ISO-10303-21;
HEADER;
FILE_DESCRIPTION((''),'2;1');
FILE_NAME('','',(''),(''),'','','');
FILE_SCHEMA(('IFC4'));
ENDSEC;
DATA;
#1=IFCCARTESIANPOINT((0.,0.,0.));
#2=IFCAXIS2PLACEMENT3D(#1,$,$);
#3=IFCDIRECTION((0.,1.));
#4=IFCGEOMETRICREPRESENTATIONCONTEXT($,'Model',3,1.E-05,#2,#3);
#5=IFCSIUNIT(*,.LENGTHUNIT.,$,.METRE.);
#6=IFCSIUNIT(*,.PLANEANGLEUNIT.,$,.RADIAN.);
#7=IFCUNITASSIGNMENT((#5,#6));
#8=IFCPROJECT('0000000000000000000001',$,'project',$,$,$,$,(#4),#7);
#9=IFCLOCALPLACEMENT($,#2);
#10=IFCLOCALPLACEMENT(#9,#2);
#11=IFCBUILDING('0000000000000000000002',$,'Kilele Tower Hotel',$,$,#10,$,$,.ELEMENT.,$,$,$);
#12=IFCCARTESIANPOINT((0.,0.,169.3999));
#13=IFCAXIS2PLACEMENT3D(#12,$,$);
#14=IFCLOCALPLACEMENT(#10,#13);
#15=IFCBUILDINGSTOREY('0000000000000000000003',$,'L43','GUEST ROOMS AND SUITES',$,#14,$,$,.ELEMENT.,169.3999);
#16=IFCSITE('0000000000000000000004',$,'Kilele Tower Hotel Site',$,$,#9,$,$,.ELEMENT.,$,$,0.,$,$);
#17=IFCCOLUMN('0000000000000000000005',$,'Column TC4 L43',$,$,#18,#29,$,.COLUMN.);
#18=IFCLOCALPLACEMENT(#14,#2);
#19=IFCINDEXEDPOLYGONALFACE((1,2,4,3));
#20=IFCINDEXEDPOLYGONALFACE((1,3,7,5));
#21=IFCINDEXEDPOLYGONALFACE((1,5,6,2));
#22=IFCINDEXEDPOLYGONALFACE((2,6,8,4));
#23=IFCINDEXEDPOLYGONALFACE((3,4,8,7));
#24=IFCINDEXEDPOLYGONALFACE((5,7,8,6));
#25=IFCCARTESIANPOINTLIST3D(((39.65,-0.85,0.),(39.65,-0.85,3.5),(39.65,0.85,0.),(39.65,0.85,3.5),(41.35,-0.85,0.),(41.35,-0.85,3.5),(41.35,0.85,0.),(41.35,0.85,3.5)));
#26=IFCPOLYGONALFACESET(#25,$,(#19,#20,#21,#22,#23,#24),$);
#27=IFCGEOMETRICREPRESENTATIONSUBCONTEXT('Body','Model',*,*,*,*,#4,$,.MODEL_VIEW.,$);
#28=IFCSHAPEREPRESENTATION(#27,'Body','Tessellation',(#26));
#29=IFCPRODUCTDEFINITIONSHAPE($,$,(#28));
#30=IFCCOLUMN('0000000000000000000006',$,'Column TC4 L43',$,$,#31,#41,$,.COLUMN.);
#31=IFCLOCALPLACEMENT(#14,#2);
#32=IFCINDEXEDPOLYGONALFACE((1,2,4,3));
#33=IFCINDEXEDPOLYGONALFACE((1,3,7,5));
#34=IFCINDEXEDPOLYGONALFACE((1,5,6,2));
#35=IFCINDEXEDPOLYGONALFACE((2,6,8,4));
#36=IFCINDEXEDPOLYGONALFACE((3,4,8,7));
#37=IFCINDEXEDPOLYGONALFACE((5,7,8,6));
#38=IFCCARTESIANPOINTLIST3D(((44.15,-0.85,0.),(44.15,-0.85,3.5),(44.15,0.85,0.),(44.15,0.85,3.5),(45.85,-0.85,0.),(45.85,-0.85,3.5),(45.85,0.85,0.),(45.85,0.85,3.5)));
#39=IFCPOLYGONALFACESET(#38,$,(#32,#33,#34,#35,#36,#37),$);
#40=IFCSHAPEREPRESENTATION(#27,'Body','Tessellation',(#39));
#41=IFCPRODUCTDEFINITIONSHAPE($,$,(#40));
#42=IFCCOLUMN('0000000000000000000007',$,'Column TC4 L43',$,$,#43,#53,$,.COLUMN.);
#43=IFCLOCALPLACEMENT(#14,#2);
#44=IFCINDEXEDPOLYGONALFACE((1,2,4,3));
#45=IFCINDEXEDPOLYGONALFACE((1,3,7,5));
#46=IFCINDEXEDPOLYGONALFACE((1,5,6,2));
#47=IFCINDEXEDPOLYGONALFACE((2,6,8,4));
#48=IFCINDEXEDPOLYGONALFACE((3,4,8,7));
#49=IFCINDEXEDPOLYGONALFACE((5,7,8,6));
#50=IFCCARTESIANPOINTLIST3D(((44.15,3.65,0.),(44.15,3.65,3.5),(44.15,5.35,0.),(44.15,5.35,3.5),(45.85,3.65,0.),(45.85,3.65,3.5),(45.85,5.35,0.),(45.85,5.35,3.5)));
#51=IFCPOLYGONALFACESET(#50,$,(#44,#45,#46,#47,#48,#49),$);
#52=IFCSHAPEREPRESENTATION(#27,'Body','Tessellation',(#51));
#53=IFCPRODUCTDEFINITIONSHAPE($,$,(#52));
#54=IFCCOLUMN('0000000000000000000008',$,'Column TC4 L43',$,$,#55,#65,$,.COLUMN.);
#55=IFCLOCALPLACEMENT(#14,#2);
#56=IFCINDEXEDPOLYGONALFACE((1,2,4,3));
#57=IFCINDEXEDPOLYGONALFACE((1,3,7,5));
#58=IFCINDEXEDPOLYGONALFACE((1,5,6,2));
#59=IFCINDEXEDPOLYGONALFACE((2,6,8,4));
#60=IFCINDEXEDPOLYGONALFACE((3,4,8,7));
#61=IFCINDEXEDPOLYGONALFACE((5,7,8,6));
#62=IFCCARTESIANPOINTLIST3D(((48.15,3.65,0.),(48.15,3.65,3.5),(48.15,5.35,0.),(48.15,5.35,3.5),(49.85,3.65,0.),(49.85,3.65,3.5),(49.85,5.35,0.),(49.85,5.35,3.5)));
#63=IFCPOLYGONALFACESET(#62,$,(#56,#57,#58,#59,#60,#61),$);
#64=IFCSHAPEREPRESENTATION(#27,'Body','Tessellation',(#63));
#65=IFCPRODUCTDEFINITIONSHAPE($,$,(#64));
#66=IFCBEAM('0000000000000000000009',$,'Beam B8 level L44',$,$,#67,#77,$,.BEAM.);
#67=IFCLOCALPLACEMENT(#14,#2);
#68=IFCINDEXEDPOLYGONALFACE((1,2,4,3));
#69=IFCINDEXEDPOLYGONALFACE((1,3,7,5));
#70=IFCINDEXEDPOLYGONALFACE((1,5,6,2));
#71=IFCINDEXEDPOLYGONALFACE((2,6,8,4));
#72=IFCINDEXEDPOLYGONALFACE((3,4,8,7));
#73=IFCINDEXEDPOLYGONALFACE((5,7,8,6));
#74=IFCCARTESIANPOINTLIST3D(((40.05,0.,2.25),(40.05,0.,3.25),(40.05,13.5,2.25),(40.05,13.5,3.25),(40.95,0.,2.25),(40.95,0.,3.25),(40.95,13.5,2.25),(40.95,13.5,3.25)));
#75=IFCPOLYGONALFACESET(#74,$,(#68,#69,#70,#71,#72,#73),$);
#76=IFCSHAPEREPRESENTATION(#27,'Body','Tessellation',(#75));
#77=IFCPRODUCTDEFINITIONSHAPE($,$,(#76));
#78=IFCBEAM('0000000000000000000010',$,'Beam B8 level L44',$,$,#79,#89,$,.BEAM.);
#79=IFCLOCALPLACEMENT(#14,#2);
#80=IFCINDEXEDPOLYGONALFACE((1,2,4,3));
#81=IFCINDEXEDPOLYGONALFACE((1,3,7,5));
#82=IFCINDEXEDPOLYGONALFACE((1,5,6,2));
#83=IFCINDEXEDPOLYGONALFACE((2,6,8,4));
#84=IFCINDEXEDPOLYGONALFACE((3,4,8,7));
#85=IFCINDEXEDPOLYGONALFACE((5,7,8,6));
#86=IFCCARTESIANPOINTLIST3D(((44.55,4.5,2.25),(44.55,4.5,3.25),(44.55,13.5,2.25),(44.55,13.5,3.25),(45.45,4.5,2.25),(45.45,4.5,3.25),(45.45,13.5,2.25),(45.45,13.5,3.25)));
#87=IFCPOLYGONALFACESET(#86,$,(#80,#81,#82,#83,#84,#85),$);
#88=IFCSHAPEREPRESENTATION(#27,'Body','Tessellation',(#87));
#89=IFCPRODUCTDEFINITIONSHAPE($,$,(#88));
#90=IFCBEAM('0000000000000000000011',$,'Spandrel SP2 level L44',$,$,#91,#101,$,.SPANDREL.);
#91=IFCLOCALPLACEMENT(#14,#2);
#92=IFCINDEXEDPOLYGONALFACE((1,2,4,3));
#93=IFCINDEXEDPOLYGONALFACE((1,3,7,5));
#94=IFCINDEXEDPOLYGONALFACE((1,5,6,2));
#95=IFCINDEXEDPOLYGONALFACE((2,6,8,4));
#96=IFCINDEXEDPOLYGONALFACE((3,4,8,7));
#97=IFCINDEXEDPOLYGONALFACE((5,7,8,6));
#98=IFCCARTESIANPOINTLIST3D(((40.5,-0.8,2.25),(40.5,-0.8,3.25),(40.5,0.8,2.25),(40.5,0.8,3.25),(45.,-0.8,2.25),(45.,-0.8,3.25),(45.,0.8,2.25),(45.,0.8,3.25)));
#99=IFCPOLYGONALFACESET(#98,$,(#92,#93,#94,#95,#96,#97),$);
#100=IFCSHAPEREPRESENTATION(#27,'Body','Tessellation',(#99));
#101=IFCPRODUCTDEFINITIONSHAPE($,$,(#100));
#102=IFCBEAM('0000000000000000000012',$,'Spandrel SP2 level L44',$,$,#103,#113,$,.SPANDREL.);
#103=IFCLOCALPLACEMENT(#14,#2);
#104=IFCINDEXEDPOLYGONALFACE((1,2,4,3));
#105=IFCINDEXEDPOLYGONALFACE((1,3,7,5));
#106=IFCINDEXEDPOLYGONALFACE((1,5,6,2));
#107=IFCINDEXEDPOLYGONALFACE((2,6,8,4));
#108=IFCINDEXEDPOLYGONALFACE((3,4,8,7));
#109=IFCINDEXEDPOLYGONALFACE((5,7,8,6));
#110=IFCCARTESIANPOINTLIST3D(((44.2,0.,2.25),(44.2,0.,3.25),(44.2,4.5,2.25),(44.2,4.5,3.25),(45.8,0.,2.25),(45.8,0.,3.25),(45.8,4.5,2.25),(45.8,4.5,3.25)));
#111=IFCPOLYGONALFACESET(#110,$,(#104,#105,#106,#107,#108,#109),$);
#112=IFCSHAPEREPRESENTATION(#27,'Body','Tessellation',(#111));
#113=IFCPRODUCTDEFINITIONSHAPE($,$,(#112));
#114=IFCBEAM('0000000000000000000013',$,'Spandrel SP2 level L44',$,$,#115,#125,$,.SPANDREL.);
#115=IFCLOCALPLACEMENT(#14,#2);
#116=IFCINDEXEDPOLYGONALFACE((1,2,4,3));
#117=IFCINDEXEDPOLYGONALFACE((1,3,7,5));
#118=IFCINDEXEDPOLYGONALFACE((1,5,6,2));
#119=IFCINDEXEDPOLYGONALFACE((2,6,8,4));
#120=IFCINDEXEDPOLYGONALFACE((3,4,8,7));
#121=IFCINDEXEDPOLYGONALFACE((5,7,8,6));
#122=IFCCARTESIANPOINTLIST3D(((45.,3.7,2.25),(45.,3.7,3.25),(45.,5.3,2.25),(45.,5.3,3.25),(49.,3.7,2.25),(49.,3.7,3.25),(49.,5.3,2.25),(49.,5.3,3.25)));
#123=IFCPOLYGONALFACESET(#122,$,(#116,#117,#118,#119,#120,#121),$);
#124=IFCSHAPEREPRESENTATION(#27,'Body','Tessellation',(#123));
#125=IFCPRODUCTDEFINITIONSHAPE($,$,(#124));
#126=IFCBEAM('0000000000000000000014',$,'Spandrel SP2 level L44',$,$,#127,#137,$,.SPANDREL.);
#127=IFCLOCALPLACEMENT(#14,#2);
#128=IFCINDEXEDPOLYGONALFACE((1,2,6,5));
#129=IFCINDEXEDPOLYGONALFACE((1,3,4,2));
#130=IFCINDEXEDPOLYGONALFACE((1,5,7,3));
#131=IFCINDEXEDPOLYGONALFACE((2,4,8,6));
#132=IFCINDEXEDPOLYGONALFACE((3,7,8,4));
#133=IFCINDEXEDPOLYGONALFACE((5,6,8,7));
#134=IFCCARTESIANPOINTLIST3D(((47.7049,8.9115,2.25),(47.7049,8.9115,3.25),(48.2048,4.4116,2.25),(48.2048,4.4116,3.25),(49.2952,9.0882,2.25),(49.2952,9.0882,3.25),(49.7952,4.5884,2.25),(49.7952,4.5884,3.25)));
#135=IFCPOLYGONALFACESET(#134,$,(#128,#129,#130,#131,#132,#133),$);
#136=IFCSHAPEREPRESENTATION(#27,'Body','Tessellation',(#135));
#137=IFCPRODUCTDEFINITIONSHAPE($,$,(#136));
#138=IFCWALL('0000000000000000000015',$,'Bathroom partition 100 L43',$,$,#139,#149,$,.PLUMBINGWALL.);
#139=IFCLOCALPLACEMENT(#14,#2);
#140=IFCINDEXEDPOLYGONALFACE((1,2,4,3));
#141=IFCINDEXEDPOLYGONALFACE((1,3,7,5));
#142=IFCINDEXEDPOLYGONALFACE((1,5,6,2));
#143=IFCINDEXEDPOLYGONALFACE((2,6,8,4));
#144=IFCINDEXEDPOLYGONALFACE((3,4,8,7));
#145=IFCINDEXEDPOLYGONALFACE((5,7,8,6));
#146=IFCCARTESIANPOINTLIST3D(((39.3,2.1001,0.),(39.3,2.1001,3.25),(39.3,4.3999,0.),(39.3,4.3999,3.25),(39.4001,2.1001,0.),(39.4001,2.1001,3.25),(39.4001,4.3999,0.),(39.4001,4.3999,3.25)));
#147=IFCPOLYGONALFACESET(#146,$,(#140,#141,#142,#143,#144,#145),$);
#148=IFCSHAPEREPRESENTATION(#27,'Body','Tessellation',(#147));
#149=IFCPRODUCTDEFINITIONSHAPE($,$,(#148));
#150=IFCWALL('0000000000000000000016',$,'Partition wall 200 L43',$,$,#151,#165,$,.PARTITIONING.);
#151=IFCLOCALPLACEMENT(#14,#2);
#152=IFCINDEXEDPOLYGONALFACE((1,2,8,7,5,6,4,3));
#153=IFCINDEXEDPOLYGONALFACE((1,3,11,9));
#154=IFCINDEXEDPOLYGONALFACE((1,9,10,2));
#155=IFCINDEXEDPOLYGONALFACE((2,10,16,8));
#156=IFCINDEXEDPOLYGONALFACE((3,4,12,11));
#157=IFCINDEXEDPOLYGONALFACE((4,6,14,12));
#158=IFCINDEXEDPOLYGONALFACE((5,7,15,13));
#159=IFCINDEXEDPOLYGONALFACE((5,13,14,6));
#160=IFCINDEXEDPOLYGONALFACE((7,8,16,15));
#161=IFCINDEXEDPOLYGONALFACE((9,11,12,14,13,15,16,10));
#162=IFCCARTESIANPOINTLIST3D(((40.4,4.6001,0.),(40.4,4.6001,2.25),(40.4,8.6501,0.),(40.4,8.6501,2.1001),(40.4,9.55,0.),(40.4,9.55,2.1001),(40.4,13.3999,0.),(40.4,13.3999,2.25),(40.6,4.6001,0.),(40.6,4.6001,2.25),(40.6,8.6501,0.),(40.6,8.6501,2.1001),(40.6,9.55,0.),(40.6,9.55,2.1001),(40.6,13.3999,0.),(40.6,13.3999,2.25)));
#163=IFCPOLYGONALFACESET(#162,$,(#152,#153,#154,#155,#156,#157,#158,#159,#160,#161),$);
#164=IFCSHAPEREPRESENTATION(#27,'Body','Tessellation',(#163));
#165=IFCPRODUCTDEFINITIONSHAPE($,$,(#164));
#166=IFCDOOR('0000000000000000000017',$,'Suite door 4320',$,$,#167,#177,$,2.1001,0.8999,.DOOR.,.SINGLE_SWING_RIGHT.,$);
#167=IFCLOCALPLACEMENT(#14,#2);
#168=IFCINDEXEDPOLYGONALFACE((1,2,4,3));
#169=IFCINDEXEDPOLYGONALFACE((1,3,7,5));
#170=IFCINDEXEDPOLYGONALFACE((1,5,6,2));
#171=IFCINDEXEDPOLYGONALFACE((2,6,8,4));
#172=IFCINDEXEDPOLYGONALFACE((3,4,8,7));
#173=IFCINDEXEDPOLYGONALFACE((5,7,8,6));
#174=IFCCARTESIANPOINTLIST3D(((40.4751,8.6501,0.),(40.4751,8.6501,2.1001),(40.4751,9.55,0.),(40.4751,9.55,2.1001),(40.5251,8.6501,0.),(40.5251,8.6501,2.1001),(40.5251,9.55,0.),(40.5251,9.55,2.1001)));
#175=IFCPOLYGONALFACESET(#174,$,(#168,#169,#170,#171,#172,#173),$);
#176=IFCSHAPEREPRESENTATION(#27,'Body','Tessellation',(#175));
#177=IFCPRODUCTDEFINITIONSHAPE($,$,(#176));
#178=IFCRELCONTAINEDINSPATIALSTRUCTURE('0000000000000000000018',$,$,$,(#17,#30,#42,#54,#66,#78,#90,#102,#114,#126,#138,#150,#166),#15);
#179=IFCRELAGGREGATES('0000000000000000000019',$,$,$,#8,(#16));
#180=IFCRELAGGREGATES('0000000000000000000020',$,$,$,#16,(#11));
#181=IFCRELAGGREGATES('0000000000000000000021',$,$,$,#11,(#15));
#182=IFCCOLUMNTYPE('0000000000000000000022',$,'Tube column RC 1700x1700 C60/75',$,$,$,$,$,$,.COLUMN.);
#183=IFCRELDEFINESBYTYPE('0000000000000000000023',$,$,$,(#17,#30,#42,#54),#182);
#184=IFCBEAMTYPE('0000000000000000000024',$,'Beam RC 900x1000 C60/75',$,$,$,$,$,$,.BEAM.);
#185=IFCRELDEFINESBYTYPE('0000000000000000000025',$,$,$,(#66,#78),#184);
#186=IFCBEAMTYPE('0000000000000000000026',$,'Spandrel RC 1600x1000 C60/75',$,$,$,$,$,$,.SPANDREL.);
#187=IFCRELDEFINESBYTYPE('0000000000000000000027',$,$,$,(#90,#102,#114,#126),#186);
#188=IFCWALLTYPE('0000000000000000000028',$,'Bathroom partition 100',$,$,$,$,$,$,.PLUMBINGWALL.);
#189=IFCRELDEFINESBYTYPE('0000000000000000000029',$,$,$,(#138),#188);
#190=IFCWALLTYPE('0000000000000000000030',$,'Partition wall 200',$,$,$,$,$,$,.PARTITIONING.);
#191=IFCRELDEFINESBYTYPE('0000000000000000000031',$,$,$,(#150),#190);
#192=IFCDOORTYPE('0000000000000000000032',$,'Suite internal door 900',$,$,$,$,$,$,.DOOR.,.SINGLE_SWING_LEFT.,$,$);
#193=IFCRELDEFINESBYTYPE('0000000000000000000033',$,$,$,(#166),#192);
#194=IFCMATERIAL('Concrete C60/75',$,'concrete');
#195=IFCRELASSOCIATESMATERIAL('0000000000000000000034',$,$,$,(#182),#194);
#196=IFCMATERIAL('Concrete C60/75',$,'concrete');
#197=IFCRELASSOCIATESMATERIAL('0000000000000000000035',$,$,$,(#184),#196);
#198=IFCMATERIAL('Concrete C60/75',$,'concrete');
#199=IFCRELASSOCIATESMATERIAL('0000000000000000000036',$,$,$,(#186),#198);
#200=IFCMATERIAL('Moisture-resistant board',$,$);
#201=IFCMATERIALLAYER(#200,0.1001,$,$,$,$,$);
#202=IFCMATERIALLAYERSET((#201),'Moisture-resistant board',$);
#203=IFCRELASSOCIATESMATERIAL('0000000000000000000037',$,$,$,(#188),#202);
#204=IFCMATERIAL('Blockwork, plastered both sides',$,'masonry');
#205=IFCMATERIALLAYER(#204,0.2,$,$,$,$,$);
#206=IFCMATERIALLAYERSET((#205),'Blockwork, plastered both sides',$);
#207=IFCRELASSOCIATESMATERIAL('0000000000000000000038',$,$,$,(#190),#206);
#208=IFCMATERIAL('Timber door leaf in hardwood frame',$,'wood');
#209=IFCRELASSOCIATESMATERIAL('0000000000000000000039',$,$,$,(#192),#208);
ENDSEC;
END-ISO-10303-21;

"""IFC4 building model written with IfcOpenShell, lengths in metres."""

from ifc_helpers import new_model, si_unit, direction, frame, frame_2d, origin, origin_2d, place, context, subcontext, project, spatial, rectangle, extrude, material, layer, layer_set, material_profile, profile_set, type_object, element, fill, save


model = new_model("IFC4")

# Units and contexts
model_context = context("Model", 3, precision=1e-05, world=origin(), true_north=direction((0.0, 1.0)))
body_context = subcontext(model_context, "Body", "Model", "MODEL_VIEW")
ifc_project = project(units=[si_unit("LENGTHUNIT", "METRE"), si_unit("PLANEANGLEUNIT", "RADIAN")], contexts=[model_context])

# Site, building, storey
site_placement = place(None, origin())
site = spatial("IfcSite", under=ifc_project, at=site_placement, Name="Kilele Tower Hotel Site", CompositionType="ELEMENT", RefElevation=0.0)
building_placement = place(site_placement, origin())
building = spatial("IfcBuilding", under=site, at=building_placement, Name="Kilele Tower Hotel", CompositionType="ELEMENT")
storey_placement = place(building_placement, frame((0.0, 0.0, 169.3999)))
storey = spatial("IfcBuildingStorey", under=building, at=storey_placement, Name="L43", Description="GUEST ROOMS AND SUITES", CompositionType="ELEMENT", Elevation=169.3999)

# Columns
ifc_material_1 = material(Name="Concrete C60/75", Category="concrete")
ifc_material_profile_1 = material_profile(ifc_material_1, rectangle(XDim=1.7, YDim=1.7, at=origin_2d()))
ifc_profile_set_1 = profile_set([ifc_material_profile_1], Name="Concrete C60/75")
column_type = type_object("IfcColumnType", Name="Tube column RC 1700x1700 C60/75", PredefinedType="COLUMN", material=ifc_profile_set_1)
for number, where, z_axis, x_axis, name in (
    (1, (40.5, 0.0, 0.0), (0.0, 0.0, 1.0), (1.0, 0.0, 0.0), "Column TC4 L43"),
    (2, (45.0, 0.0, 0.0), (0.0, 0.0, 1.0), (1.0, 0.0, 0.0), "Column TC4 L43"),
    (3, (45.0, 4.5, 0.0), (0.0, 0.0, 1.0), (1.0, 0.0, 0.0), "Column TC4 L43"),
    (4, (49.0, 4.5, 0.0), (0.0, 0.0, 1.0), (1.0, 0.0, 0.0), "Column TC4 L43"),
):
    element("IfcColumn", number, at=place(storey_placement, frame(where, z_axis=z_axis, x_axis=x_axis)), inside=storey, type_object=column_type, Name=name, PredefinedType="COLUMN", context=body_context, shape_type="SweptSolid", body=[
        extrude(rectangle(XDim=1.7, YDim=1.7, at=origin_2d()), origin(), (0.0, 0.0, 1.0), 3.5),
    ])

# Beams
ifc_material_2 = material(Name="Concrete C60/75", Category="concrete")
ifc_material_profile_2 = material_profile(ifc_material_2, rectangle(XDim=0.8999, YDim=1.0, at=origin_2d()))
ifc_profile_set_2 = profile_set([ifc_material_profile_2], Name="Concrete C60/75")
beam_type_1 = type_object("IfcBeamType", Name="Beam RC 900x1000 C60/75", PredefinedType="BEAM", material=ifc_profile_set_2)
beam_1_placement = place(storey_placement, frame((40.5, 0.0, 2.75), z_axis=(0.0, 1.0, 0.0), x_axis=(-1.0, 0.0, 0.0)))
element("IfcBeam", 5, at=beam_1_placement, inside=storey, type_object=beam_type_1, Name="Beam B8 level L44", PredefinedType="BEAM", context=body_context, shape_type="SweptSolid", body=[
    extrude(rectangle(XDim=0.8999, YDim=1.0, at=origin_2d()), origin(), (0.0, 0.0, 1.0), 13.5),
])
beam_2_placement = place(storey_placement, frame((45.0, 4.5, 2.75), z_axis=(0.0, 1.0, 0.0), x_axis=(-1.0, 0.0, 0.0)))
element("IfcBeam", 6, at=beam_2_placement, inside=storey, type_object=beam_type_1, Name="Beam B8 level L44", PredefinedType="BEAM", context=body_context, shape_type="SweptSolid", body=[
    extrude(rectangle(XDim=0.8999, YDim=1.0, at=origin_2d()), origin(), (0.0, 0.0, 1.0), 9.0),
])
ifc_material_3 = material(Name="Concrete C60/75", Category="concrete")
ifc_material_profile_3 = material_profile(ifc_material_3, rectangle(XDim=1.6001, YDim=1.0, at=origin_2d()))
ifc_profile_set_3 = profile_set([ifc_material_profile_3], Name="Concrete C60/75")
beam_type_2 = type_object("IfcBeamType", Name="Spandrel RC 1600x1000 C60/75", PredefinedType="SPANDREL", material=ifc_profile_set_3)
for number, where, z_axis, x_axis, name in (
    (7, (40.5, 0.0, 2.75), (1.0, 0.0, 0.0), (0.0, 1.0, 0.0), "Spandrel SP2 level L44"),
    (8, (45.0, 0.0, 2.75), (0.0, 1.0, 0.0), (-1.0, 0.0, 0.0), "Spandrel SP2 level L44"),
):
    element("IfcBeam", number, at=place(storey_placement, frame(where, z_axis=z_axis, x_axis=x_axis)), inside=storey, type_object=beam_type_2, Name=name, PredefinedType="SPANDREL", context=body_context, shape_type="SweptSolid", body=[
        extrude(rectangle(XDim=1.6001, YDim=1.0, at=origin_2d()), origin(), (0.0, 0.0, 1.0), 4.5),
    ])
beam_3_placement = place(storey_placement, frame((45.0, 4.5, 2.75), z_axis=(1.0, 0.0, 0.0), x_axis=(0.0, 1.0, 0.0)))
element("IfcBeam", 9, at=beam_3_placement, inside=storey, type_object=beam_type_2, Name="Spandrel SP2 level L44", PredefinedType="SPANDREL", context=body_context, shape_type="SweptSolid", body=[
    extrude(rectangle(XDim=1.6001, YDim=1.0, at=origin_2d()), origin(), (0.0, 0.0, 1.0), 4.0),
])
beam_4_placement = place(storey_placement, frame((49.0, 4.5, 2.75), z_axis=(-0.110432, 0.993884, 0.0), x_axis=(-0.993884, -0.110432, 0.0)))
element("IfcBeam", 10, at=beam_4_placement, inside=storey, type_object=beam_type_2, Name="Spandrel SP2 level L44", PredefinedType="SPANDREL", context=body_context, shape_type="SweptSolid", body=[
    extrude(rectangle(XDim=1.6001, YDim=1.0, at=origin_2d()), origin(), (0.0, 0.0, 1.0), 4.5276),
])

# Wall
ifc_material_4 = material(Name="Moisture-resistant board")
ifc_layer_1 = layer(ifc_material_4, 0.1001)
ifc_layer_set_1 = layer_set([ifc_layer_1], Name="Moisture-resistant board")
wall_type_1 = type_object("IfcWallType", Name="Bathroom partition 100", PredefinedType="PLUMBINGWALL", material=ifc_layer_set_1)
wall_1_placement = place(storey_placement, frame((39.3501, 4.3999, 0.0), z_axis=(0.0, 0.0, 1.0), x_axis=(0.0, -1.0, 0.0)))
element("IfcWall", 11, at=wall_1_placement, inside=storey, type_object=wall_type_1, Name="Bathroom partition 100 L43", PredefinedType="PLUMBINGWALL", context=body_context, shape_type="SweptSolid", body=[
    extrude(rectangle(XDim=2.2998, YDim=0.1001, at=frame_2d((1.1499, 0.0))), origin(), (0.0, 0.0, 1.0), 3.25),
])

# Wall, opening, door
ifc_material_5 = material(Name="Blockwork, plastered both sides", Category="masonry")
ifc_layer_2 = layer(ifc_material_5, 0.2)
ifc_layer_set_2 = layer_set([ifc_layer_2], Name="Blockwork, plastered both sides")
wall_type_2 = type_object("IfcWallType", Name="Partition wall 200", PredefinedType="PARTITIONING", material=ifc_layer_set_2)
wall_2_placement = place(storey_placement, frame((40.5, 4.6001, 0.0), z_axis=(0.0, 0.0, 1.0), x_axis=(0.0, 1.0, 0.0)))
wall_2 = element("IfcWall", 12, at=wall_2_placement, inside=storey, type_object=wall_type_2, Name="Partition wall 200 L43", PredefinedType="PARTITIONING", context=body_context, shape_type="SweptSolid", body=[
    extrude(rectangle(XDim=8.7998, YDim=0.2, at=frame_2d((4.3999, 0.0))), origin(), (0.0, 0.0, 1.0), 2.25),
])
opening_1_placement = place(wall_2_placement, frame((4.05, 0.0, 0.0)))
opening_1 = element("IfcOpeningElement", 13, at=opening_1_placement, cuts=wall_2, PredefinedType="OPENING", context=body_context, shape_type="SweptSolid", body=[
    extrude(rectangle(XDim=0.8999, YDim=2.1001, at=frame_2d((0.45, 1.05))), frame((0.0, 0.1099, 0.0), z_axis=(0.0, -1.0, 0.0), x_axis=(1.0, 0.0, 0.0)), (0.0, 0.0, 1.0), 0.22),
])
ifc_material_6 = material(Name="Timber door leaf in hardwood frame", Category="wood")
door_type = type_object("IfcDoorType", Name="Suite internal door 900", OperationType="SINGLE_SWING_LEFT", PredefinedType="DOOR", material=ifc_material_6)
door_placement = place(opening_1_placement, origin())
door = element("IfcDoor", 14, at=door_placement, inside=storey, type_object=door_type, Name="Suite door 4320", OperationType="SINGLE_SWING_RIGHT", OverallHeight=2.1001, OverallWidth=0.8999, PredefinedType="DOOR", context=body_context, shape_type="SweptSolid", body=[
    extrude(rectangle(XDim=0.8999, YDim=2.1001, at=frame_2d((0.45, 1.05))), frame((0.0, 0.0249, 0.0), z_axis=(0.0, -1.0, 0.0), x_axis=(1.0, 0.0, 0.0)), (0.0, 0.0, 1.0), 0.05),
])
fill(opening_1, door)

save(model, "model.ifc")
